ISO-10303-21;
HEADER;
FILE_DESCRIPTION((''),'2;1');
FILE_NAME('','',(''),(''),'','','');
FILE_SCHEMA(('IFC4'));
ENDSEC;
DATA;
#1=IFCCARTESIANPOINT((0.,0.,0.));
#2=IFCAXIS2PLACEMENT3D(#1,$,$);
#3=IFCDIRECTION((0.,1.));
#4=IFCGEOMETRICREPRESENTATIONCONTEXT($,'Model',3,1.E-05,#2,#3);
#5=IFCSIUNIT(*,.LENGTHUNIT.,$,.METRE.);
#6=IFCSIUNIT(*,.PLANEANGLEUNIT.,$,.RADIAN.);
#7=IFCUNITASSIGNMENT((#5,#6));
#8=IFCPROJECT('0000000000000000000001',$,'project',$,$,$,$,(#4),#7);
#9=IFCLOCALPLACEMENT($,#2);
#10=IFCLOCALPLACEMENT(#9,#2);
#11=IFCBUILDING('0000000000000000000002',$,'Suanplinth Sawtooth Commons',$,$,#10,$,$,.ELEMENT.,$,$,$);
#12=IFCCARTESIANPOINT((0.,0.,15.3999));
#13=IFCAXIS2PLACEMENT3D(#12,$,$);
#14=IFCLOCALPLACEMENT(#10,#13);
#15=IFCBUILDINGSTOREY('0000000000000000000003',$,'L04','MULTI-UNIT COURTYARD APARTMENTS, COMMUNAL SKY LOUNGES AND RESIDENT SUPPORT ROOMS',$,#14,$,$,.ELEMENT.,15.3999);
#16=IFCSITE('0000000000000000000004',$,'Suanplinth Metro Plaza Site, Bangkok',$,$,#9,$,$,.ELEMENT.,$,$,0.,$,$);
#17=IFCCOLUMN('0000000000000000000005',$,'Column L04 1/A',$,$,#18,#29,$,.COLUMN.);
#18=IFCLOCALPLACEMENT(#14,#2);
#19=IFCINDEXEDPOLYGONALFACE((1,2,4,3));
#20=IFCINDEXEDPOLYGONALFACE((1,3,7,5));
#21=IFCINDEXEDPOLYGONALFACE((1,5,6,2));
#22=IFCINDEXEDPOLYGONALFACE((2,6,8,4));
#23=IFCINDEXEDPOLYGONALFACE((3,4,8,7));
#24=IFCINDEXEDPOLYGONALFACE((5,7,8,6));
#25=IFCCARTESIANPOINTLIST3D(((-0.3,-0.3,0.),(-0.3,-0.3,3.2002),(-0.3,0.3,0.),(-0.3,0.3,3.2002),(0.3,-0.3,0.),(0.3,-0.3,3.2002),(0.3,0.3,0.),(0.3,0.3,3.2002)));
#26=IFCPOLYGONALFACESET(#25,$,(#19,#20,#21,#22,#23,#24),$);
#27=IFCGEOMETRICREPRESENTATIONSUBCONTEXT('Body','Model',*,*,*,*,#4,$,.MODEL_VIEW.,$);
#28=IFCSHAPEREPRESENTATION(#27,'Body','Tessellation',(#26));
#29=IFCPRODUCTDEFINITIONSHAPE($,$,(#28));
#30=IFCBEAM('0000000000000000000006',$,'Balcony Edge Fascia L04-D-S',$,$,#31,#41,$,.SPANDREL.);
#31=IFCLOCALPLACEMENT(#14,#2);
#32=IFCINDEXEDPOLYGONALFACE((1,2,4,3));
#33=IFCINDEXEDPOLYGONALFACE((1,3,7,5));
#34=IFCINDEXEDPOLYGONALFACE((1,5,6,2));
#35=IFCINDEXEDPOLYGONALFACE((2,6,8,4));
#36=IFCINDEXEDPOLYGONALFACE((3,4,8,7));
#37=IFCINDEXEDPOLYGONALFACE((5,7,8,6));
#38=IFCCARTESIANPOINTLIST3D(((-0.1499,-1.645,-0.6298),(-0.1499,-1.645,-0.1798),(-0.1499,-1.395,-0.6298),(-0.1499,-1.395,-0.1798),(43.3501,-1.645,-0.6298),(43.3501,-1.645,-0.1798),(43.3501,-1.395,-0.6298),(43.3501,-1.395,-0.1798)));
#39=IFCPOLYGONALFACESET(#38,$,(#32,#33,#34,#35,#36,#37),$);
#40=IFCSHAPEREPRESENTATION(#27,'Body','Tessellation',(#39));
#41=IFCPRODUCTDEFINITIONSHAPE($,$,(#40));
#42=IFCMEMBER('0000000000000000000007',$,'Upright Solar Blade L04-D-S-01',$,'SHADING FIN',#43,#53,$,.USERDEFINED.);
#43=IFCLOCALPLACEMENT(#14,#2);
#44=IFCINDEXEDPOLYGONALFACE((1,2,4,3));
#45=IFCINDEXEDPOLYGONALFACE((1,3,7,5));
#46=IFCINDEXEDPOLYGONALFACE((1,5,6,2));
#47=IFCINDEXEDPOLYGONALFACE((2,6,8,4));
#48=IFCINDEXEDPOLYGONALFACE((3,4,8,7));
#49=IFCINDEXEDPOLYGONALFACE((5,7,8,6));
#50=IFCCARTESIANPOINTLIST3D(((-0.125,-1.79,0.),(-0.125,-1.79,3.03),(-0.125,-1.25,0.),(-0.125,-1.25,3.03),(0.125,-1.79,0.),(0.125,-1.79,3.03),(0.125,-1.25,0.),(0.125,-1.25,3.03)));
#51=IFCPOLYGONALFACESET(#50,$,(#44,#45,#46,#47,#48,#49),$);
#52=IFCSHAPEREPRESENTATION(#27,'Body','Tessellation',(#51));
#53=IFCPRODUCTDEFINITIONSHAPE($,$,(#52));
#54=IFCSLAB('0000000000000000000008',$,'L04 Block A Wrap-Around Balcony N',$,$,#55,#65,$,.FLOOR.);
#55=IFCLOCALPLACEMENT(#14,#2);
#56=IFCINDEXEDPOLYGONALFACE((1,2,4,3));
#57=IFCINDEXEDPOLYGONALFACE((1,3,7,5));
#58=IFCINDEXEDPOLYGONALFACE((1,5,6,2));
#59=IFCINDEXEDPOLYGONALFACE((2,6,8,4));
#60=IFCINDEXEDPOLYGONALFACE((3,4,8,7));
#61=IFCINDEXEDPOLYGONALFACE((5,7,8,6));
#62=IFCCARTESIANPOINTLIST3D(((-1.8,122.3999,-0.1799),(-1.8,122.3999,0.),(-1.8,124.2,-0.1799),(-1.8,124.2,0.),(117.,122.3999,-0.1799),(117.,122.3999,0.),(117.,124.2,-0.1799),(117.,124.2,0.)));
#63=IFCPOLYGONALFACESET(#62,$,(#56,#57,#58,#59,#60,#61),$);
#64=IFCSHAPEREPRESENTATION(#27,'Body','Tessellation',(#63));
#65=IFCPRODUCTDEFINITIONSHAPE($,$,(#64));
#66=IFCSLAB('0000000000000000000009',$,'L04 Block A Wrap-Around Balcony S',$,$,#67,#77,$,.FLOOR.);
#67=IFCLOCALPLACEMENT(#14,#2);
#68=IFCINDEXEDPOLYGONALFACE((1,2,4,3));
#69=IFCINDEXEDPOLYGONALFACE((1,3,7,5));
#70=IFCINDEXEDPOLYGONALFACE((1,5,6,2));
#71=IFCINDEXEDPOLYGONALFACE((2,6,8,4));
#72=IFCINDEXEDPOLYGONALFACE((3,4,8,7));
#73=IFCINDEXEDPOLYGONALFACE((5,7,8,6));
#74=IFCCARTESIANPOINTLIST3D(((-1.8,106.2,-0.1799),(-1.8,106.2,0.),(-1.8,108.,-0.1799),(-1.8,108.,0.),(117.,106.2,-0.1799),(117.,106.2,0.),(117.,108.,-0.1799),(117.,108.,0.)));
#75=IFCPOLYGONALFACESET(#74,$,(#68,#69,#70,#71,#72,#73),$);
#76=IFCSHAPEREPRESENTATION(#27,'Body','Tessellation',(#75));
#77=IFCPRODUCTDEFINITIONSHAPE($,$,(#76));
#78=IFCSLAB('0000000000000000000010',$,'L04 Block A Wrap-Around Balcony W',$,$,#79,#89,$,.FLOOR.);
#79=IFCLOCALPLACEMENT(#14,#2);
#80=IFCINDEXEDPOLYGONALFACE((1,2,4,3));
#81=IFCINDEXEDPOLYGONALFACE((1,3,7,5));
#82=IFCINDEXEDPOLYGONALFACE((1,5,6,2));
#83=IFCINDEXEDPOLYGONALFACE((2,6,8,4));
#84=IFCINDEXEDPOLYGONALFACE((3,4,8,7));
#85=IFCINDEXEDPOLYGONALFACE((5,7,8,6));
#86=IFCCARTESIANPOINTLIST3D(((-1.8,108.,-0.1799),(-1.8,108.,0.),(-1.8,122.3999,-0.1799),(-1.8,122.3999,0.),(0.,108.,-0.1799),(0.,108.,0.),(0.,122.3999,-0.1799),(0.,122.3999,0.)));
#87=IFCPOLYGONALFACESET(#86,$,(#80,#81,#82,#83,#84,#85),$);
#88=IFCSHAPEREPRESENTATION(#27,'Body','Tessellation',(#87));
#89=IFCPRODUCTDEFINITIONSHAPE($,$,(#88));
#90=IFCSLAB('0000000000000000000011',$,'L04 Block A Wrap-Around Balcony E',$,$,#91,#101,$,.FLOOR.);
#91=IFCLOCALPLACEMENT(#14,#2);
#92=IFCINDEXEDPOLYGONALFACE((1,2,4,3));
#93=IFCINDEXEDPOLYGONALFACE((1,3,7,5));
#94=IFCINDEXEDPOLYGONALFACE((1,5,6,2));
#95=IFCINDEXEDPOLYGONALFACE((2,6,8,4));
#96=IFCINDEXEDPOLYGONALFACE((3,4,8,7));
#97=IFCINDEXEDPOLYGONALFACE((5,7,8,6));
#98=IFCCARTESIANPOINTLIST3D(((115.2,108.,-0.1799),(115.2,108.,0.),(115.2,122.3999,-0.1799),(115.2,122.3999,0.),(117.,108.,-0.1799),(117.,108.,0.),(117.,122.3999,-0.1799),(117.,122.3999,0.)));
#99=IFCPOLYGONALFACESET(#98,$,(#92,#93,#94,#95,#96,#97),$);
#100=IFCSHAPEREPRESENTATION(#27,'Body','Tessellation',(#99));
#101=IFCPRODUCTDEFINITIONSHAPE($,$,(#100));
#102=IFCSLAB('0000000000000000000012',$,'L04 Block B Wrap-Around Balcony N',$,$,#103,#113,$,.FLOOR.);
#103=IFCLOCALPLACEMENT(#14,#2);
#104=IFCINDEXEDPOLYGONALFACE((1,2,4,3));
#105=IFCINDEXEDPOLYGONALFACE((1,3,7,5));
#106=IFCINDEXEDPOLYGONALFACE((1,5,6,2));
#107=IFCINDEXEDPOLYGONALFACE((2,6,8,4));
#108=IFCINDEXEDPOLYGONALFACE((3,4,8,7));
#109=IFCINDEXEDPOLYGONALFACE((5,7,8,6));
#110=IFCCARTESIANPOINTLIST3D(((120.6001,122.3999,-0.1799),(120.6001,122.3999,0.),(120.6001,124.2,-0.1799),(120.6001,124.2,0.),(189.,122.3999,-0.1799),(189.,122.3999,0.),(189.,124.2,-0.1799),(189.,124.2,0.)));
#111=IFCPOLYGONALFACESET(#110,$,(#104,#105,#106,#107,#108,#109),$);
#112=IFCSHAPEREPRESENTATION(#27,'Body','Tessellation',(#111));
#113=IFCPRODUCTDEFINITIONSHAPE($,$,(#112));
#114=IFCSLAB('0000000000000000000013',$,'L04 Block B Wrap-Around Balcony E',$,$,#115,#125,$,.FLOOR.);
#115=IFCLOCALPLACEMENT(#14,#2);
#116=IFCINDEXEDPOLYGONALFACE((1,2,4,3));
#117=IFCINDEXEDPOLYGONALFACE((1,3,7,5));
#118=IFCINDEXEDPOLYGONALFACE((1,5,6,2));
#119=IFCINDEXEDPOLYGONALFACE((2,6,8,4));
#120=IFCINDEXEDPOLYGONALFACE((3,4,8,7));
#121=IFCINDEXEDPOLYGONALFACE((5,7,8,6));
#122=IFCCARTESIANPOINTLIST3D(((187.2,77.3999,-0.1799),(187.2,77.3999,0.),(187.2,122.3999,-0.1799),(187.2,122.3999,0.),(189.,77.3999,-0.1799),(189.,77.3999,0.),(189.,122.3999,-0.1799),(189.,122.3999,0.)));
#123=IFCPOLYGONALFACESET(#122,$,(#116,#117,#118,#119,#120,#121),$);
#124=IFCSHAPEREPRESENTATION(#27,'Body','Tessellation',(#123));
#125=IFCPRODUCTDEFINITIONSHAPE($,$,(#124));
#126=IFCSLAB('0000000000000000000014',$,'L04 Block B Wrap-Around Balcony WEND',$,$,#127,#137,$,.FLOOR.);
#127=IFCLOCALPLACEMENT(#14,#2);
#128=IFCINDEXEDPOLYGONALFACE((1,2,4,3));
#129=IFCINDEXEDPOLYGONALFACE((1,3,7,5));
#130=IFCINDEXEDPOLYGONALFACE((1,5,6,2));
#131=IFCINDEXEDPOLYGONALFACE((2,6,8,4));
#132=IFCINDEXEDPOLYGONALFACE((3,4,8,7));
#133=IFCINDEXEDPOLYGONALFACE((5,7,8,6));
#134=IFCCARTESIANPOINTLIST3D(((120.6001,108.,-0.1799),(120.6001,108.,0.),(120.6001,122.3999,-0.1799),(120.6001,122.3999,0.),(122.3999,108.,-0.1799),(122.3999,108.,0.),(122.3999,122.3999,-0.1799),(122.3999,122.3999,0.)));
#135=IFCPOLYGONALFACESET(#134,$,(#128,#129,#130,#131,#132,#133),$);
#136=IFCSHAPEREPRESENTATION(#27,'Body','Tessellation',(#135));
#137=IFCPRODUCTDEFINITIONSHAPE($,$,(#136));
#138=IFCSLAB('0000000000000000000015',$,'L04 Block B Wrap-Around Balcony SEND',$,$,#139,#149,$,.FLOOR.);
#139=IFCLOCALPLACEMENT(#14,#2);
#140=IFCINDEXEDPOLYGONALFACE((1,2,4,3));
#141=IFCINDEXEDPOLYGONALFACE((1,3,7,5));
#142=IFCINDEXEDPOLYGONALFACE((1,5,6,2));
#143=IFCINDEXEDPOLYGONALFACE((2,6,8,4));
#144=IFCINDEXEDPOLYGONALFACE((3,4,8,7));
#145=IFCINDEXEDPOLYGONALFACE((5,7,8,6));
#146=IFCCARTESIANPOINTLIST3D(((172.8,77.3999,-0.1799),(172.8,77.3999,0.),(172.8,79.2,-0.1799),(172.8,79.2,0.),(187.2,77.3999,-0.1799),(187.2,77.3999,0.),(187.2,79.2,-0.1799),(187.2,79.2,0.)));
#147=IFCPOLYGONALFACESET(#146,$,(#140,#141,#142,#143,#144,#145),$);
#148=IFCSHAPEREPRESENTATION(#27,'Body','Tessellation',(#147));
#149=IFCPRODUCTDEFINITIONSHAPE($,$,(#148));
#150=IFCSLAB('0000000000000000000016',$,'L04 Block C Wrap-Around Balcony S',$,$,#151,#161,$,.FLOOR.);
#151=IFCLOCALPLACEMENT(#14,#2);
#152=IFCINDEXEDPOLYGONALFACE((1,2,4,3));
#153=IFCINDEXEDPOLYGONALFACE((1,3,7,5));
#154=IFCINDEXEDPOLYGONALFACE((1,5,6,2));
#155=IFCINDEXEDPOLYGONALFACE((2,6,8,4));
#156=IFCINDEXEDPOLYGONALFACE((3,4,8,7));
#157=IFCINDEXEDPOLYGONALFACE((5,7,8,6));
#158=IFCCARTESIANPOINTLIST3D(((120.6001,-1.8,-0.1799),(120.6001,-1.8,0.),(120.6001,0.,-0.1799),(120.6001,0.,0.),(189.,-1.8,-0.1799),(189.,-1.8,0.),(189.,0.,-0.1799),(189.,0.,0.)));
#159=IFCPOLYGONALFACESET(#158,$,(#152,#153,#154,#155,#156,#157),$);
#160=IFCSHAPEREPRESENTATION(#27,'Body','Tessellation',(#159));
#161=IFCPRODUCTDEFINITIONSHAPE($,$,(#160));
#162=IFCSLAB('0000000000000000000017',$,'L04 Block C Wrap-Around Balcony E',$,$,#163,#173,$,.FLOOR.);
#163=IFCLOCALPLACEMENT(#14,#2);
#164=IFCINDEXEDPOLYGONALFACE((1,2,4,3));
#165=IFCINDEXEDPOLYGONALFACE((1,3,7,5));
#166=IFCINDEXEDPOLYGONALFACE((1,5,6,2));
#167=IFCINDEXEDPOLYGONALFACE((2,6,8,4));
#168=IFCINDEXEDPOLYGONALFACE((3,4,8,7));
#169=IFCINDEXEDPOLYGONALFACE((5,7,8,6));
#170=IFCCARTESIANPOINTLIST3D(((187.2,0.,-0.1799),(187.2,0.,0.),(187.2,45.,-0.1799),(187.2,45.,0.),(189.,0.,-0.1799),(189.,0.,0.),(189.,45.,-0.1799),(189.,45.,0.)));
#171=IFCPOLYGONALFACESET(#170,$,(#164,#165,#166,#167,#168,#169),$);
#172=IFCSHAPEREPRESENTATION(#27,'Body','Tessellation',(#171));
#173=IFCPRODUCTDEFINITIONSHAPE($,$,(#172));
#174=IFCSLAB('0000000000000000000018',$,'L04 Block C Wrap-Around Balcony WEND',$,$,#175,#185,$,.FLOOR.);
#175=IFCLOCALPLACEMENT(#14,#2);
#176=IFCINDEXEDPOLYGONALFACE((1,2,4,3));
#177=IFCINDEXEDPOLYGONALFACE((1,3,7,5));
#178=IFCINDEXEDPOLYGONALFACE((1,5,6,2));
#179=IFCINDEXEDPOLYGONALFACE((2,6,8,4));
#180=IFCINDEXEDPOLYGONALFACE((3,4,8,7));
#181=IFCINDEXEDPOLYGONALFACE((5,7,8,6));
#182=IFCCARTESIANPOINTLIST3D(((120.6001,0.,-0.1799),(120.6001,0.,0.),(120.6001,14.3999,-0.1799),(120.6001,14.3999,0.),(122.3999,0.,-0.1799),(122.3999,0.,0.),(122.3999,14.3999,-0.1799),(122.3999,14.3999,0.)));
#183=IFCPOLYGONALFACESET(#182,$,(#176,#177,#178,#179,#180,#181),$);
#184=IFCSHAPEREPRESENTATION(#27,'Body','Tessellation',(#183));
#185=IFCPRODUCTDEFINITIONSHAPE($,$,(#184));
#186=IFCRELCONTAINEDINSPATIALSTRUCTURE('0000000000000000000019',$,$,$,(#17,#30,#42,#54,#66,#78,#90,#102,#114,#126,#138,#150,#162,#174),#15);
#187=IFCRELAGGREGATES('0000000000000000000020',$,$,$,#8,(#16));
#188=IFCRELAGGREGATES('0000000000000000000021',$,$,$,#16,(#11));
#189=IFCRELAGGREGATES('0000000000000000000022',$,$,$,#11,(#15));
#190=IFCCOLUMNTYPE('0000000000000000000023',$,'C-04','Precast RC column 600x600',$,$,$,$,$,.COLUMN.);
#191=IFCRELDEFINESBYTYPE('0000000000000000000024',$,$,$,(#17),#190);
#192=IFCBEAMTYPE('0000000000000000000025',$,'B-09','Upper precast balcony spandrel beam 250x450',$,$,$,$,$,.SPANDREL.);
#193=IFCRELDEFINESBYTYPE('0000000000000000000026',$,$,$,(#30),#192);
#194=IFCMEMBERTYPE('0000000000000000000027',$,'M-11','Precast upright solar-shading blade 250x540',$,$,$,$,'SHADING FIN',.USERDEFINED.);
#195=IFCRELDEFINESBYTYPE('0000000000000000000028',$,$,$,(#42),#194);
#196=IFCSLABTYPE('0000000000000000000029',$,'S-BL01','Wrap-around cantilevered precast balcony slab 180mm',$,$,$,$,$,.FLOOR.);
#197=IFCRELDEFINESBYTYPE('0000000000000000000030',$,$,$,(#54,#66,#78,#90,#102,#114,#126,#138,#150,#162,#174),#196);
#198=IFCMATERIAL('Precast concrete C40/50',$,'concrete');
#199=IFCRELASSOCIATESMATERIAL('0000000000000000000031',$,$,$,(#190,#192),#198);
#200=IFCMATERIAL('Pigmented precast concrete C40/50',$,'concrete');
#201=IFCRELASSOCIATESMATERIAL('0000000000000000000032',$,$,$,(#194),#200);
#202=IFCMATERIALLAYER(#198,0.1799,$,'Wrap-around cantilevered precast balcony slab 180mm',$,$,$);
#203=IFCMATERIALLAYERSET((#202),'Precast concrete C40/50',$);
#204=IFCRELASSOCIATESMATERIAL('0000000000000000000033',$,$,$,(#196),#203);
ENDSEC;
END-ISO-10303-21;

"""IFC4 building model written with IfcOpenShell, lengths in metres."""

from ifc_helpers import new_model, si_unit, direction, frame, origin, origin_with_axes, origin_2d, place, context, subcontext, project, spatial, polyline, rectangle, outline, extrude, material, layer, layer_set, material_profile, profile_set, type_object, element, save


model = new_model("IFC4")

# Units and contexts
model_context = context("Model", 3, precision=1e-05, world=origin(), true_north=direction((0.0, 1.0)))
body_context = subcontext(model_context, "Body", "Model", "MODEL_VIEW")
ifc_project = project(units=[si_unit("LENGTHUNIT", "METRE"), si_unit("PLANEANGLEUNIT", "RADIAN")], contexts=[model_context])

# Site, building, storey
site_placement = place(None, origin())
site = spatial("IfcSite", under=ifc_project, at=site_placement, Name="Suanplinth Metro Plaza Site, Bangkok", CompositionType="ELEMENT", RefElevation=0.0)
building_placement = place(site_placement, origin())
building = spatial("IfcBuilding", under=site, at=building_placement, Name="Suanplinth Sawtooth Commons", CompositionType="ELEMENT")
storey_placement = place(building_placement, frame((0.0, 0.0, 15.3999)))
storey = spatial("IfcBuildingStorey", under=building, at=storey_placement, Name="L04", Description="MULTI-UNIT COURTYARD APARTMENTS, COMMUNAL SKY LOUNGES AND RESIDENT SUPPORT ROOMS", CompositionType="ELEMENT", Elevation=15.3999)

# Column
ifc_material_1 = material(Name="Precast concrete C40/50", Category="concrete")
ifc_material_profile_1 = material_profile(ifc_material_1, rectangle(XDim=0.6001, YDim=0.6001, at=origin_2d()), Name="PC-COL 600x600")
ifc_profile_set_1 = profile_set([ifc_material_profile_1], Name="Precast concrete C40/50")
column_type = type_object("IfcColumnType", Name="C-04", Description="Precast RC column 600x600", PredefinedType="COLUMN", material=ifc_profile_set_1)
column_placement = place(storey_placement, origin_with_axes())
element("IfcColumn", 1, at=column_placement, inside=storey, type_object=column_type, Name="Column L04 1/A", PredefinedType="COLUMN", context=body_context, shape_type="SweptSolid", body=[
    extrude(rectangle(XDim=0.6001, YDim=0.6001, at=origin_2d()), origin(), (0.0, 0.0, 1.0), 3.2002),
])

# Beam
ifc_material_profile_2 = material_profile(ifc_material_1, rectangle(XDim=0.25, YDim=0.45, at=origin_2d()), Name="PC-SP 250x450")
ifc_profile_set_2 = profile_set([ifc_material_profile_2], Name="Precast concrete C40/50")
beam_type = type_object("IfcBeamType", Name="B-09", Description="Upper precast balcony spandrel beam 250x450", PredefinedType="SPANDREL", material=ifc_profile_set_2)
beam_placement = place(storey_placement, frame((-0.1499, -1.52, -0.4048), z_axis=(1.0, 0.0, 0.0), x_axis=(0.0, 1.0, 0.0)))
element("IfcBeam", 2, at=beam_placement, inside=storey, type_object=beam_type, Name="Balcony Edge Fascia L04-D-S", PredefinedType="SPANDREL", context=body_context, shape_type="SweptSolid", body=[
    extrude(rectangle(XDim=0.25, YDim=0.45, at=origin_2d()), origin(), (0.0, 0.0, 1.0), 43.5),
])

# Member
ifc_material_2 = material(Name="Pigmented precast concrete C40/50", Category="concrete")
ifc_material_profile_3 = material_profile(ifc_material_2, rectangle(XDim=0.25, YDim=0.54, at=origin_2d()), Name="PC-FIN 250x540")
ifc_profile_set_3 = profile_set([ifc_material_profile_3], Name="Pigmented precast concrete C40/50")
member_type = type_object("IfcMemberType", Name="M-11", Description="Precast upright solar-shading blade 250x540", ElementType="SHADING FIN", PredefinedType="USERDEFINED", material=ifc_profile_set_3)
member_placement = place(storey_placement, frame((0.0, -1.52, 0.0), z_axis=(0.0, 0.0, 1.0), x_axis=(1.0, 0.0, 0.0)))
element("IfcMember", 3, at=member_placement, inside=storey, type_object=member_type, Name="Upright Solar Blade L04-D-S-01", ObjectType="SHADING FIN", PredefinedType="USERDEFINED", context=body_context, shape_type="SweptSolid", body=[
    extrude(rectangle(XDim=0.25, YDim=0.54, at=origin_2d()), origin(), (0.0, 0.0, 1.0), 3.03),
])

# Slabs
ifc_layer_1 = layer(ifc_material_1, 0.1799, Name="Wrap-around cantilevered precast balcony slab 180mm")
ifc_layer_set_1 = layer_set([ifc_layer_1], Name="Precast concrete C40/50")
slab_type_1 = type_object("IfcSlabType", Name="S-BL01", Description="Wrap-around cantilevered precast balcony slab 180mm", PredefinedType="FLOOR", material=ifc_layer_set_1)
slab_1_placement = place(storey_placement, frame((0.0, 0.0, -0.1799)))
element("IfcSlab", 4, at=slab_1_placement, inside=storey, type_object=slab_type_1, Name="L04 Block A Wrap-Around Balcony N", PredefinedType="FLOOR", context=body_context, shape_type="SweptSolid", body=[
    extrude(outline(polyline([(-1.8, 122.3999), (-1.8, 124.2), (117.0, 124.2), (117.0, 122.3999), (-1.8, 122.3999)])), origin(), (0.0, 0.0, 1.0), 0.1799),
])
slab_2_placement = place(storey_placement, frame((0.0, 0.0, -0.1799)))
element("IfcSlab", 5, at=slab_2_placement, inside=storey, type_object=slab_type_1, Name="L04 Block A Wrap-Around Balcony S", PredefinedType="FLOOR", context=body_context, shape_type="SweptSolid", body=[
    extrude(outline(polyline([(117.0, 108.0), (117.0, 106.2), (-1.8, 106.2), (-1.8, 108.0), (117.0, 108.0)])), origin(), (0.0, 0.0, 1.0), 0.1799),
])
slab_3_placement = place(storey_placement, frame((0.0, 0.0, -0.1799)))
element("IfcSlab", 6, at=slab_3_placement, inside=storey, type_object=slab_type_1, Name="L04 Block A Wrap-Around Balcony W", PredefinedType="FLOOR", context=body_context, shape_type="SweptSolid", body=[
    extrude(outline(polyline([(0.0, 108.0), (-1.8, 108.0), (-1.8, 122.3999), (0.0, 122.3999), (0.0, 108.0)])), origin(), (0.0, 0.0, 1.0), 0.1799),
])
slab_4_placement = place(storey_placement, frame((0.0, 0.0, -0.1799)))
element("IfcSlab", 7, at=slab_4_placement, inside=storey, type_object=slab_type_1, Name="L04 Block A Wrap-Around Balcony E", PredefinedType="FLOOR", context=body_context, shape_type="SweptSolid", body=[
    extrude(outline(polyline([(117.0, 122.3999), (117.0, 108.0), (115.2, 108.0), (115.2, 122.3999), (117.0, 122.3999)])), origin(), (0.0, 0.0, 1.0), 0.1799),
])
slab_5_placement = place(storey_placement, frame((0.0, 0.0, -0.1799)))
element("IfcSlab", 8, at=slab_5_placement, inside=storey, type_object=slab_type_1, Name="L04 Block B Wrap-Around Balcony N", PredefinedType="FLOOR", context=body_context, shape_type="SweptSolid", body=[
    extrude(outline(polyline([(120.6001, 122.3999), (120.6001, 124.2), (189.0, 124.2), (189.0, 122.3999), (120.6001, 122.3999)])), origin(), (0.0, 0.0, 1.0), 0.1799),
])
slab_6_placement = place(storey_placement, frame((0.0, 0.0, -0.1799)))
element("IfcSlab", 9, at=slab_6_placement, inside=storey, type_object=slab_type_1, Name="L04 Block B Wrap-Around Balcony E", PredefinedType="FLOOR", context=body_context, shape_type="SweptSolid", body=[
    extrude(outline(polyline([(189.0, 122.3999), (189.0, 77.3999), (187.2, 77.3999), (187.2, 122.3999), (189.0, 122.3999)])), origin(), (0.0, 0.0, 1.0), 0.1799),
])
slab_7_placement = place(storey_placement, frame((0.0, 0.0, -0.1799)))
element("IfcSlab", 10, at=slab_7_placement, inside=storey, type_object=slab_type_1, Name="L04 Block B Wrap-Around Balcony WEND", PredefinedType="FLOOR", context=body_context, shape_type="SweptSolid", body=[
    extrude(outline(polyline([(122.3999, 108.0), (120.6001, 108.0), (120.6001, 122.3999), (122.3999, 122.3999), (122.3999, 108.0)])), origin(), (0.0, 0.0, 1.0), 0.1799),
])
slab_8_placement = place(storey_placement, frame((0.0, 0.0, -0.1799)))
element("IfcSlab", 11, at=slab_8_placement, inside=storey, type_object=slab_type_1, Name="L04 Block B Wrap-Around Balcony SEND", PredefinedType="FLOOR", context=body_context, shape_type="SweptSolid", body=[
    extrude(outline(polyline([(187.2, 77.3999), (172.8, 77.3999), (172.8, 79.2), (187.2, 79.2), (187.2, 77.3999)])), origin(), (0.0, 0.0, 1.0), 0.1799),
])
slab_9_placement = place(storey_placement, frame((0.0, 0.0, -0.1799)))
element("IfcSlab", 12, at=slab_9_placement, inside=storey, type_object=slab_type_1, Name="L04 Block C Wrap-Around Balcony S", PredefinedType="FLOOR", context=body_context, shape_type="SweptSolid", body=[
    extrude(outline(polyline([(189.0, 0.0), (189.0, -1.8), (120.6001, -1.8), (120.6001, 0.0), (189.0, 0.0)])), origin(), (0.0, 0.0, 1.0), 0.1799),
])
slab_10_placement = place(storey_placement, frame((0.0, 0.0, -0.1799)))
element("IfcSlab", 13, at=slab_10_placement, inside=storey, type_object=slab_type_1, Name="L04 Block C Wrap-Around Balcony E", PredefinedType="FLOOR", context=body_context, shape_type="SweptSolid", body=[
    extrude(outline(polyline([(187.2, 45.0), (189.0, 45.0), (189.0, 0.0), (187.2, 0.0), (187.2, 45.0)])), origin(), (0.0, 0.0, 1.0), 0.1799),
])
slab_11_placement = place(storey_placement, frame((0.0, 0.0, -0.1799)))
element("IfcSlab", 14, at=slab_11_placement, inside=storey, type_object=slab_type_1, Name="L04 Block C Wrap-Around Balcony WEND", PredefinedType="FLOOR", context=body_context, shape_type="SweptSolid", body=[
    extrude(outline(polyline([(122.3999, 0.0), (120.6001, 0.0), (120.6001, 14.3999), (122.3999, 14.3999), (122.3999, 0.0)])), origin(), (0.0, 0.0, 1.0), 0.1799),
])

save(model, "model.ifc")
